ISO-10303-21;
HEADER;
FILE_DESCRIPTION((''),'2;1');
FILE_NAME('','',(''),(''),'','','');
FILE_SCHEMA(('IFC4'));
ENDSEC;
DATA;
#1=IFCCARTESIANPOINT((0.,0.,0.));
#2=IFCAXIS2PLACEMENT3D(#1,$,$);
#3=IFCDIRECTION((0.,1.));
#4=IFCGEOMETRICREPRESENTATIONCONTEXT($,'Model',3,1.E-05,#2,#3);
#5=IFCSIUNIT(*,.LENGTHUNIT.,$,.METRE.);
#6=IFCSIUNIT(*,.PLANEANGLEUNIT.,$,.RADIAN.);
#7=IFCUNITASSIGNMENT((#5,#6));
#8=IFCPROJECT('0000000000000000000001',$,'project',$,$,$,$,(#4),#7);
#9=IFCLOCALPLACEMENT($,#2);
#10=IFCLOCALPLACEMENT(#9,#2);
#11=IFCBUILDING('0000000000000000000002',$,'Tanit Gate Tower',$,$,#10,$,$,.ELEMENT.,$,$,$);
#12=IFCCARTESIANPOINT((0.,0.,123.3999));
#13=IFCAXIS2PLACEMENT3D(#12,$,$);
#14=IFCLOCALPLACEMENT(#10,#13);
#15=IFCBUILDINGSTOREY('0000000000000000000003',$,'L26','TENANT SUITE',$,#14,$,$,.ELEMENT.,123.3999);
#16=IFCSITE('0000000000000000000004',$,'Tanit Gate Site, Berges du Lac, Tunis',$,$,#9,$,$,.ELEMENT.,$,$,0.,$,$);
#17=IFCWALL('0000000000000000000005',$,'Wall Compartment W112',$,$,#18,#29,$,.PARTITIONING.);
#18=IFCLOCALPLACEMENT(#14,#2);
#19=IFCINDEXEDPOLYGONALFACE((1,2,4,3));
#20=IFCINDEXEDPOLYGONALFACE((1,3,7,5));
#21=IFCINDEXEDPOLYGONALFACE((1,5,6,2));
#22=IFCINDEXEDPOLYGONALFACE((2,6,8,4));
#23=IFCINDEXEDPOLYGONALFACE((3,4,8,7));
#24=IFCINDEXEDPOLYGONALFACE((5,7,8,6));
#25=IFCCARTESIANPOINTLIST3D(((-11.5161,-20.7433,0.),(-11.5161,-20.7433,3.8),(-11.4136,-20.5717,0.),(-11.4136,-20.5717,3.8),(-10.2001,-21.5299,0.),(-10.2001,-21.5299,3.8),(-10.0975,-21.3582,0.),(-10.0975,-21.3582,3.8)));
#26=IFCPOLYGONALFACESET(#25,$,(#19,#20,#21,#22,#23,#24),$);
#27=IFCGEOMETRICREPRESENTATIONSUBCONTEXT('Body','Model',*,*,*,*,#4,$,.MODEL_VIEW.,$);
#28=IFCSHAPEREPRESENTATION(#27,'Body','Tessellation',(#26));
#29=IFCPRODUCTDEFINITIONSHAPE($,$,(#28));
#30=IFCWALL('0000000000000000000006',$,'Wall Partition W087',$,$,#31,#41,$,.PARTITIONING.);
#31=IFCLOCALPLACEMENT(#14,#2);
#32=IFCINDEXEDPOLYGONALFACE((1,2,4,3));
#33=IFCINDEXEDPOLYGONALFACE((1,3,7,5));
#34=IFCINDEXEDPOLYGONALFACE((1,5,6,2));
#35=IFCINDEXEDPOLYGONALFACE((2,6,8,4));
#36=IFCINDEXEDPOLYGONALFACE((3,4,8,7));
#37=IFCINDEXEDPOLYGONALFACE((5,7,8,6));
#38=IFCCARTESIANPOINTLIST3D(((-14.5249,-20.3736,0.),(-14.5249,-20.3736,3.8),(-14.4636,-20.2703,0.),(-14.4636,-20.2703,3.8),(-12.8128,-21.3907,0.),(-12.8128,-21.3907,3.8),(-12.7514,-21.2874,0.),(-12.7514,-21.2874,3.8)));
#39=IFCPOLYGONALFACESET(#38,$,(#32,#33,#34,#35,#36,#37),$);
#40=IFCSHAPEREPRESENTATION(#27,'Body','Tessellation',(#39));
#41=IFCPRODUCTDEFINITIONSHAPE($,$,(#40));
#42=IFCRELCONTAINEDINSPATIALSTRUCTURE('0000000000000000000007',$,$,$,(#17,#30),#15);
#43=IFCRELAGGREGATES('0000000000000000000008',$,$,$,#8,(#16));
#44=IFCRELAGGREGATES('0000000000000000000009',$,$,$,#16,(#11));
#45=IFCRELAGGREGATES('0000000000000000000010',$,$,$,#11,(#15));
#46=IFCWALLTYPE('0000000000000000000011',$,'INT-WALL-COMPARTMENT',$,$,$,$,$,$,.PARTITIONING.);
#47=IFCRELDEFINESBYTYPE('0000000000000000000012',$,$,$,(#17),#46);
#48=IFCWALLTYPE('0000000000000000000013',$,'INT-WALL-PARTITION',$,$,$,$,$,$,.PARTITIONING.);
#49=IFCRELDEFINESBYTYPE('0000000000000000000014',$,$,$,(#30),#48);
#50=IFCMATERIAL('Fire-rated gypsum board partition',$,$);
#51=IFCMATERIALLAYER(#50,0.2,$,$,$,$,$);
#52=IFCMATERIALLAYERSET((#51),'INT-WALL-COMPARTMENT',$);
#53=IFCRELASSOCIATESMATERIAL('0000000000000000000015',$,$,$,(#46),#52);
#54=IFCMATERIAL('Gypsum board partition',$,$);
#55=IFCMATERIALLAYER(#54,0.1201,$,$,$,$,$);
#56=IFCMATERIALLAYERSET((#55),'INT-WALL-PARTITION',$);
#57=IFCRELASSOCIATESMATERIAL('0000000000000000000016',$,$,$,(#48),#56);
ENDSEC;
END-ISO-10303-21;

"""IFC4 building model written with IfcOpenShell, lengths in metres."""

from ifc_helpers import new_model, si_unit, direction, frame, frame_2d, origin, place, context, subcontext, project, spatial, rectangle, extrude, material, layer, layer_set, type_object, element, save


model = new_model("IFC4")

# Units and contexts
model_context = context("Model", 3, precision=1e-05, world=origin(), true_north=direction((0.0, 1.0)))
body_context = subcontext(model_context, "Body", "Model", "MODEL_VIEW")
ifc_project = project(units=[si_unit("LENGTHUNIT", "METRE"), si_unit("PLANEANGLEUNIT", "RADIAN")], contexts=[model_context])

# Site, building, storey
site_placement = place(None, origin())
site = spatial("IfcSite", under=ifc_project, at=site_placement, Name="Tanit Gate Site, Berges du Lac, Tunis", CompositionType="ELEMENT", RefElevation=0.0)
building_placement = place(site_placement, origin())
building = spatial("IfcBuilding", under=site, at=building_placement, Name="Tanit Gate Tower", CompositionType="ELEMENT")
storey_placement = place(building_placement, frame((0.0, 0.0, 123.3999)))
storey = spatial("IfcBuildingStorey", under=building, at=storey_placement, Name="L26", Description="TENANT SUITE", CompositionType="ELEMENT", Elevation=123.3999)

# Shared definitions
ifc_material_1 = material(Name="Fire-rated gypsum board partition")
ifc_layer_1 = layer(ifc_material_1, 0.2)
ifc_layer_set_1 = layer_set([ifc_layer_1], Name="INT-WALL-COMPARTMENT")
wall_type_1 = type_object("IfcWallType", Name="INT-WALL-COMPARTMENT", PredefinedType="PARTITIONING", material=ifc_layer_set_1)

# Walls
wall_1_placement = place(storey_placement, frame((-11.4648, -20.6575, 0.0), z_axis=(0.0, 0.0, 1.0), x_axis=(0.858377, -0.51302, 0.0)))
element("IfcWall", 1, at=wall_1_placement, inside=storey, type_object=wall_type_1, Name="Wall Compartment W112", PredefinedType="PARTITIONING", context=body_context, shape_type="SweptSolid", body=[
    extrude(rectangle(XDim=1.5332, YDim=0.2, at=frame_2d((0.7666, 0.0))), origin(), (0.0, 0.0, 1.0), 3.8),
])
ifc_material_2 = material(Name="Gypsum board partition")
ifc_layer_2 = layer(ifc_material_2, 0.1201)
ifc_layer_set_2 = layer_set([ifc_layer_2], Name="INT-WALL-PARTITION")
wall_type_2 = type_object("IfcWallType", Name="INT-WALL-PARTITION", PredefinedType="PARTITIONING", material=ifc_layer_set_2)
wall_2_placement = place(storey_placement, frame((-14.4941, -20.322, 0.0), z_axis=(0.0, 0.0, 1.0), x_axis=(0.859745, -0.510723, 0.0)))
element("IfcWall", 2, at=wall_2_placement, inside=storey, type_object=wall_type_2, Name="Wall Partition W087", PredefinedType="PARTITIONING", context=body_context, shape_type="SweptSolid", body=[
    extrude(rectangle(XDim=1.9915, YDim=0.1201, at=frame_2d((0.9956, 0.0))), origin(), (0.0, 0.0, 1.0), 3.8),
])

save(model, "model.ifc")
